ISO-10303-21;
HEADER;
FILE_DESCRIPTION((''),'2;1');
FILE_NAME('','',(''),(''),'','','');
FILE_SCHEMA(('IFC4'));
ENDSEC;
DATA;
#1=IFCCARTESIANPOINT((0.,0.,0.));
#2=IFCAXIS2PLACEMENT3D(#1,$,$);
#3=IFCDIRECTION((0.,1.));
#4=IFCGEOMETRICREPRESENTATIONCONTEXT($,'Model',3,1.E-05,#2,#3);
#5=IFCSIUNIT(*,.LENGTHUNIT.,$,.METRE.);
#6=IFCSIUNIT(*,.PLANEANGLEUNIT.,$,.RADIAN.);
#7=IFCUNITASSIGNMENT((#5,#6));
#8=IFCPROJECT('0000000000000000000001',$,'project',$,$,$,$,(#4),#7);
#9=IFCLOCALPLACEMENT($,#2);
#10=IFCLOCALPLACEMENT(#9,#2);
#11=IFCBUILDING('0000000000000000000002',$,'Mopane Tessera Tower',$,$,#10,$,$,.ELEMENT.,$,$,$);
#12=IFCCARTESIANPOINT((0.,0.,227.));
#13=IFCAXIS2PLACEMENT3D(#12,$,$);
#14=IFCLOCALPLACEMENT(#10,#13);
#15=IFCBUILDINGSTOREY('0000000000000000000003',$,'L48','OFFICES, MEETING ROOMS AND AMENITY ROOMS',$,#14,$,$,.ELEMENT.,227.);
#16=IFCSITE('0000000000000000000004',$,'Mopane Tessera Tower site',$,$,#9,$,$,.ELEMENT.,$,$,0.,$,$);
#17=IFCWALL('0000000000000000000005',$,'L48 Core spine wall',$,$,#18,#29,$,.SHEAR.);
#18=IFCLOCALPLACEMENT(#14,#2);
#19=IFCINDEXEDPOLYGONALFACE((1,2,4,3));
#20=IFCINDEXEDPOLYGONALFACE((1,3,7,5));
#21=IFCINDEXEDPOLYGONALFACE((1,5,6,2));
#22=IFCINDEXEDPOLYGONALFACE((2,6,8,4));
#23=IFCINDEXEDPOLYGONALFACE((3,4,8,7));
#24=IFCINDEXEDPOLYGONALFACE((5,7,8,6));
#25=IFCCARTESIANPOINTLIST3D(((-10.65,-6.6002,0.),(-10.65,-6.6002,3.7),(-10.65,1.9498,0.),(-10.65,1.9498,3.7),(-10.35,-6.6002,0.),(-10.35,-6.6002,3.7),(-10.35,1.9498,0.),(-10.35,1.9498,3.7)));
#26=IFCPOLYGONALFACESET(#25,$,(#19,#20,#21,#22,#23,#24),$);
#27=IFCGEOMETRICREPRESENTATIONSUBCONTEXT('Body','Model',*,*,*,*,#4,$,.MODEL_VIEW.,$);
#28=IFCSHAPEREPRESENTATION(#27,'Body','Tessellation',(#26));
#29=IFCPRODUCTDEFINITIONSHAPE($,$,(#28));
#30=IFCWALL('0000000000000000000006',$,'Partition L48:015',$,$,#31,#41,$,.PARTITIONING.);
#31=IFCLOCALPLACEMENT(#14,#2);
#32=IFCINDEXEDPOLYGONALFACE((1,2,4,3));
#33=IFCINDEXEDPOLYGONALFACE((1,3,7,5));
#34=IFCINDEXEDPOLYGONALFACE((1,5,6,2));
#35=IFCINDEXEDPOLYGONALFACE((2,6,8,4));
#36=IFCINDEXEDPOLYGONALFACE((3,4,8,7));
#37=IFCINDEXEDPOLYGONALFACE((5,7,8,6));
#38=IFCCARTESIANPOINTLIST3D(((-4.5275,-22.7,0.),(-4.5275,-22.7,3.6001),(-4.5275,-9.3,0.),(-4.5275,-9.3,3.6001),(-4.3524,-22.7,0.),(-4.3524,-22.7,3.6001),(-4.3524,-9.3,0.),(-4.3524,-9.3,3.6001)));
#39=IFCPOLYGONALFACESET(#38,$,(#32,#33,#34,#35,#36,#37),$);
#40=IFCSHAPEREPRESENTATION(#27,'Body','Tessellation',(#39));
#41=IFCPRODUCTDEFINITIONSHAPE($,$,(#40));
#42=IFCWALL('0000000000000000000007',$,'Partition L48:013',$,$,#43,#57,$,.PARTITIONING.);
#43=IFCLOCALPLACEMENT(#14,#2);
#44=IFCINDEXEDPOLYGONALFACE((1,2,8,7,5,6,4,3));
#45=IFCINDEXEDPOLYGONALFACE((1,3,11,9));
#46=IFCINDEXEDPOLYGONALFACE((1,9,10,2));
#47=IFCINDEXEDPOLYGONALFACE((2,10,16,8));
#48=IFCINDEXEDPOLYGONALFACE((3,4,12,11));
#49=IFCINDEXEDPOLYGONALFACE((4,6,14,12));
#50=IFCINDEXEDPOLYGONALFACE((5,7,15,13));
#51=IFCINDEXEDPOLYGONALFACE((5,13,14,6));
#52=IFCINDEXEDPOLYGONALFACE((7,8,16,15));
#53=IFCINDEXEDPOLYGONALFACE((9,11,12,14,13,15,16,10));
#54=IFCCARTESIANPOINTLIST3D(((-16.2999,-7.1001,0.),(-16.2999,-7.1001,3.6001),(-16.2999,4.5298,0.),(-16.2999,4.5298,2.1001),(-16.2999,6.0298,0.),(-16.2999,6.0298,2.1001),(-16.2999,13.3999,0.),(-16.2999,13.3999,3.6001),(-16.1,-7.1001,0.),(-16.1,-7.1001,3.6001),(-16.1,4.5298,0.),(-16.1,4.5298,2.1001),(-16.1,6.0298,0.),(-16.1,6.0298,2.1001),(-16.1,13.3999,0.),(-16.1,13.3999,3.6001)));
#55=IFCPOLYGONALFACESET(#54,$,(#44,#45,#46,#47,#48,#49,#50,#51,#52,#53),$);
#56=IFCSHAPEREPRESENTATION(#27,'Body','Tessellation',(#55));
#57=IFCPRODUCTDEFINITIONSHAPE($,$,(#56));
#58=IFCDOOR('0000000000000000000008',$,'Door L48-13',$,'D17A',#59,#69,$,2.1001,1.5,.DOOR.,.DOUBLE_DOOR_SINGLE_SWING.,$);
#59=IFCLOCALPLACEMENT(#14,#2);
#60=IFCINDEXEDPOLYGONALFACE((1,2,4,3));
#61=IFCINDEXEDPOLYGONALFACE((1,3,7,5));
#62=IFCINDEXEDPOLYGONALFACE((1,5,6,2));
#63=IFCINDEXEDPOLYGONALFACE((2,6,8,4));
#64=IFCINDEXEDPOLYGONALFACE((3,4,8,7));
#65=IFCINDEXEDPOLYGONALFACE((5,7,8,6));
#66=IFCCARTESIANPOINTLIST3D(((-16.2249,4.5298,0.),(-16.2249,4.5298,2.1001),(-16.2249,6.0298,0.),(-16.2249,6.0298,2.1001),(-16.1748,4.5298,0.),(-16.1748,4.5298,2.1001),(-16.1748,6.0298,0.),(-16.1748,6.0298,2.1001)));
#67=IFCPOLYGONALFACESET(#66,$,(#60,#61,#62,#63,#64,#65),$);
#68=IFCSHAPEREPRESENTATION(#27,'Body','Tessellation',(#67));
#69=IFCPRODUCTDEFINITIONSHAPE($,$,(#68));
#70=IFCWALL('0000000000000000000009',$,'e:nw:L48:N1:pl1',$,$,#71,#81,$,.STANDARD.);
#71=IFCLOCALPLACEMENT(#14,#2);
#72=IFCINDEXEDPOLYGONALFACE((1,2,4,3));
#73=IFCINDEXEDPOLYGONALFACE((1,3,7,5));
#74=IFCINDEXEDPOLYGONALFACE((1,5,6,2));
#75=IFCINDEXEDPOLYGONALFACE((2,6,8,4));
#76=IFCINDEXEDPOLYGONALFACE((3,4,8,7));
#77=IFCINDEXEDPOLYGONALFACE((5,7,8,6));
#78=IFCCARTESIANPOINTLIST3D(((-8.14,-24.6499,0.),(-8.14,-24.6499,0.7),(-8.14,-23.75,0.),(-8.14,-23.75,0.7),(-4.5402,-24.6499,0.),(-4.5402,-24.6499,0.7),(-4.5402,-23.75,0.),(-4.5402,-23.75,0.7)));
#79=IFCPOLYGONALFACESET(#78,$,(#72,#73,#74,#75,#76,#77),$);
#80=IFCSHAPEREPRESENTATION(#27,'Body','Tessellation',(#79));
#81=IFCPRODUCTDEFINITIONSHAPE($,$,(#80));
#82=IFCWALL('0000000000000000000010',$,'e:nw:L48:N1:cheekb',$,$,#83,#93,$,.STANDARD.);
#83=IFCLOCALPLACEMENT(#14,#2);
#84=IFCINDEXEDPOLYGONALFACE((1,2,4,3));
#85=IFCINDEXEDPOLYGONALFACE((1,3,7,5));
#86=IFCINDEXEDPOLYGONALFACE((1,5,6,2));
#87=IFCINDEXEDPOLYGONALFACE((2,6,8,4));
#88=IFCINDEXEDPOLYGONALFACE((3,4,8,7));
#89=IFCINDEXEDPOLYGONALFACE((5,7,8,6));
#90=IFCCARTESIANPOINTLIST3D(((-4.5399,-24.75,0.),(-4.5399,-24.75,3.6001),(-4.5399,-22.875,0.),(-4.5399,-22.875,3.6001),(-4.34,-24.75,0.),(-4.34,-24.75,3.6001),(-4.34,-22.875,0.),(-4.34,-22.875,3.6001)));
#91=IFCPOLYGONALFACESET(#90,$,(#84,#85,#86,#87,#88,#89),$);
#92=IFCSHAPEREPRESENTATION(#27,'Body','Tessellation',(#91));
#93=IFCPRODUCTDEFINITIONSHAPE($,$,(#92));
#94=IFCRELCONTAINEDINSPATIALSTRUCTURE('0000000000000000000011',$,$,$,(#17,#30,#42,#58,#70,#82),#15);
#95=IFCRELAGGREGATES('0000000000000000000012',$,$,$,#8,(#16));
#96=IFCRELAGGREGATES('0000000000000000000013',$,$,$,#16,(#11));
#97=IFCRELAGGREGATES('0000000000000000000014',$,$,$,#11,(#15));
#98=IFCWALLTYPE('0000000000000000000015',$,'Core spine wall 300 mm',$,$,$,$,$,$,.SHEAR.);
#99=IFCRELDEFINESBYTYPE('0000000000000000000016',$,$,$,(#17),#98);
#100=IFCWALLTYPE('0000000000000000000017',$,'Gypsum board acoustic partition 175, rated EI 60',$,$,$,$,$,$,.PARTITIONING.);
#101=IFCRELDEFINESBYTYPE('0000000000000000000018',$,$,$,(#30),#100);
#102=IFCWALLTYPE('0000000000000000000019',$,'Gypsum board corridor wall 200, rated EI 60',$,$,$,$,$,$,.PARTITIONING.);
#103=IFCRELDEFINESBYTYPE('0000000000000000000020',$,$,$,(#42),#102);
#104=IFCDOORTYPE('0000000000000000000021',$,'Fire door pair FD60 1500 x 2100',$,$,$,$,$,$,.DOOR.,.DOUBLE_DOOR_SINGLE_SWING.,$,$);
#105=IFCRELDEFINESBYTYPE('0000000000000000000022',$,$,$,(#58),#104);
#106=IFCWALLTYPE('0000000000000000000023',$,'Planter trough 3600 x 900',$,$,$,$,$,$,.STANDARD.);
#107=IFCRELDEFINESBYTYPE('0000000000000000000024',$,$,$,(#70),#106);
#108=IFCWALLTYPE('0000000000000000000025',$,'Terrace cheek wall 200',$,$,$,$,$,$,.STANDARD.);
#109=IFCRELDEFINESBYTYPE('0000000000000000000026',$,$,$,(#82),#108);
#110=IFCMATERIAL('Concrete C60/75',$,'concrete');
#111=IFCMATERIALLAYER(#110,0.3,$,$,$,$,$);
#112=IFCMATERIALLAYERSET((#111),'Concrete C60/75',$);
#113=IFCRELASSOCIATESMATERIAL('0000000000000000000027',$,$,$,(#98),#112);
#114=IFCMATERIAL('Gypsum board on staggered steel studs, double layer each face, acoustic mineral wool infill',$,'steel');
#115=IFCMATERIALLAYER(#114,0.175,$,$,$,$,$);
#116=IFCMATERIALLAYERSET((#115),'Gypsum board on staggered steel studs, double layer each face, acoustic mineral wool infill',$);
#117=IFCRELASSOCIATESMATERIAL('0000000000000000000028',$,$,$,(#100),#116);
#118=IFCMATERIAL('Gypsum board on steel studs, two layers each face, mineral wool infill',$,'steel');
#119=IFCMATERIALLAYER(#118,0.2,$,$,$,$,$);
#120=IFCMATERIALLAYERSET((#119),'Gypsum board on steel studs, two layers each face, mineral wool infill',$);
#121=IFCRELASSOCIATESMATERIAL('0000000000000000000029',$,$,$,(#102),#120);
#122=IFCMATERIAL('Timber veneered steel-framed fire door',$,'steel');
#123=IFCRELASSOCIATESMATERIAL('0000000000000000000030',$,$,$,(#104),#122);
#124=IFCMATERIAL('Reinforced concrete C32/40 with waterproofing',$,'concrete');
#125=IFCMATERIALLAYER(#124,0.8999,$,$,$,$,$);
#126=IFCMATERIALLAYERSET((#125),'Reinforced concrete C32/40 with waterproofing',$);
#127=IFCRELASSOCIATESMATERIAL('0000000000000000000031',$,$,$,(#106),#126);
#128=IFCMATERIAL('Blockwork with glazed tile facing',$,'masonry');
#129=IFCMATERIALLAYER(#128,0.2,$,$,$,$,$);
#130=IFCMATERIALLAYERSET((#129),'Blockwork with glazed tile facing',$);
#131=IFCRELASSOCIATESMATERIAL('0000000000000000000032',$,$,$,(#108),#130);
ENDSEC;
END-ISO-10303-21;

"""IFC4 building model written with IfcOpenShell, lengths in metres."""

from ifc_helpers import new_model, si_unit, direction, frame, frame_2d, origin, place, context, subcontext, project, spatial, rectangle, extrude, material, layer, layer_set, type_object, element, fill, save


model = new_model("IFC4")

# Units and contexts
model_context = context("Model", 3, precision=1e-05, world=origin(), true_north=direction((0.0, 1.0)))
body_context = subcontext(model_context, "Body", "Model", "MODEL_VIEW")
ifc_project = project(units=[si_unit("LENGTHUNIT", "METRE"), si_unit("PLANEANGLEUNIT", "RADIAN")], contexts=[model_context])

# Site, building, storey
site_placement = place(None, origin())
site = spatial("IfcSite", under=ifc_project, at=site_placement, Name="Mopane Tessera Tower site", CompositionType="ELEMENT", RefElevation=0.0)
building_placement = place(site_placement, origin())
building = spatial("IfcBuilding", under=site, at=building_placement, Name="Mopane Tessera Tower", CompositionType="ELEMENT")
storey_placement = place(building_placement, frame((0.0, 0.0, 227.0)))
storey = spatial("IfcBuildingStorey", under=building, at=storey_placement, Name="L48", Description="OFFICES, MEETING ROOMS AND AMENITY ROOMS", CompositionType="ELEMENT", Elevation=227.0)

# Walls
ifc_material_1 = material(Name="Concrete C60/75", Category="concrete")
ifc_layer_1 = layer(ifc_material_1, 0.3)
ifc_layer_set_1 = layer_set([ifc_layer_1], Name="Concrete C60/75")
wall_type_1 = type_object("IfcWallType", Name="Core spine wall 300 mm", PredefinedType="SHEAR", material=ifc_layer_set_1)
wall_1_placement = place(storey_placement, frame((-10.5, -6.6001, 0.0), z_axis=(0.0, 0.0, 1.0), x_axis=(0.0, 1.0, 0.0)))
element("IfcWall", 1, at=wall_1_placement, inside=storey, type_object=wall_type_1, Name="L48 Core spine wall", PredefinedType="SHEAR", context=body_context, shape_type="SweptSolid", body=[
    extrude(rectangle(XDim=8.55, YDim=0.3, at=frame_2d((4.2749, 0.0))), origin(), (0.0, 0.0, 1.0), 3.7),
])
ifc_material_2 = material(Name="Gypsum board on staggered steel studs, double layer each face, acoustic mineral wool infill", Category="steel")
ifc_layer_2 = layer(ifc_material_2, 0.175)
ifc_layer_set_2 = layer_set([ifc_layer_2], Name="Gypsum board on staggered steel studs, double layer each face, acoustic mineral wool infill")
wall_type_2 = type_object("IfcWallType", Name="Gypsum board acoustic partition 175, rated EI 60", PredefinedType="PARTITIONING", material=ifc_layer_set_2)
wall_2_placement = place(storey_placement, frame((-4.4399, -22.7, 0.0), z_axis=(0.0, 0.0, 1.0), x_axis=(0.0, 1.0, 0.0)))
element("IfcWall", 2, at=wall_2_placement, inside=storey, type_object=wall_type_2, Name="Partition L48:015", PredefinedType="PARTITIONING", context=body_context, shape_type="SweptSolid", body=[
    extrude(rectangle(XDim=13.3999, YDim=0.175, at=frame_2d((6.7, 0.0))), origin(), (0.0, 0.0, 1.0), 3.6001),
])

# Wall, opening, door
ifc_material_3 = material(Name="Gypsum board on steel studs, two layers each face, mineral wool infill", Category="steel")
ifc_layer_3 = layer(ifc_material_3, 0.2)
ifc_layer_set_3 = layer_set([ifc_layer_3], Name="Gypsum board on steel studs, two layers each face, mineral wool infill")
wall_type_3 = type_object("IfcWallType", Name="Gypsum board corridor wall 200, rated EI 60", PredefinedType="PARTITIONING", material=ifc_layer_set_3)
wall_3_placement = place(storey_placement, frame((-16.2, -7.1001, 0.0), z_axis=(0.0, 0.0, 1.0), x_axis=(0.0, 1.0, 0.0)))
wall_3 = element("IfcWall", 3, at=wall_3_placement, inside=storey, type_object=wall_type_3, Name="Partition L48:013", PredefinedType="PARTITIONING", context=body_context, shape_type="SweptSolid", body=[
    extrude(rectangle(XDim=20.5, YDim=0.2, at=frame_2d((10.25, 0.0))), origin(), (0.0, 0.0, 1.0), 3.6001),
])
opening_1_placement = place(wall_3_placement, frame((11.6299, 0.0, 0.0)))
opening_1 = element("IfcOpeningElement", 4, at=opening_1_placement, cuts=wall_3, PredefinedType="OPENING", context=body_context, shape_type="SweptSolid", body=[
    extrude(rectangle(XDim=1.5, YDim=2.1001, at=frame_2d((0.75, 1.05))), frame((0.0, 0.1121, 0.0), z_axis=(0.0, -1.0, 0.0), x_axis=(1.0, 0.0, 0.0)), (0.0, 0.0, 1.0), 0.2239),
])
ifc_material_4 = material(Name="Timber veneered steel-framed fire door", Category="steel")
door_type_1 = type_object("IfcDoorType", Name="Fire door pair FD60 1500 x 2100", OperationType="DOUBLE_DOOR_SINGLE_SWING", PredefinedType="DOOR", material=ifc_material_4)
door_1_placement = place(opening_1_placement, origin())
door_1 = element("IfcDoor", 5, at=door_1_placement, inside=storey, type_object=door_type_1, Name="Door L48-13", ObjectType="D17A", OperationType="DOUBLE_DOOR_SINGLE_SWING", OverallHeight=2.1001, OverallWidth=1.5, PredefinedType="DOOR", context=body_context, shape_type="SweptSolid", body=[
    extrude(rectangle(XDim=1.5, YDim=2.1001, at=frame_2d((0.75, 1.05))), frame((0.0, 0.0249, 0.0), z_axis=(0.0, -1.0, 0.0), x_axis=(1.0, 0.0, 0.0)), (0.0, 0.0, 1.0), 0.05),
])
fill(opening_1, door_1)

# Walls
ifc_material_5 = material(Name="Reinforced concrete C32/40 with waterproofing", Category="concrete")
ifc_layer_4 = layer(ifc_material_5, 0.8999)
ifc_layer_set_4 = layer_set([ifc_layer_4], Name="Reinforced concrete C32/40 with waterproofing")
wall_type_4 = type_object("IfcWallType", Name="Planter trough 3600 x 900", PredefinedType="STANDARD", material=ifc_layer_set_4)
wall_4_placement = place(storey_placement, frame((-8.1399, -24.2, 0.0), z_axis=(0.0, 0.0, 1.0), x_axis=(1.0, 0.0, 0.0)))
element("IfcWall", 6, at=wall_4_placement, inside=storey, type_object=wall_type_4, Name="e:nw:L48:N1:pl1", PredefinedType="STANDARD", context=body_context, shape_type="SweptSolid", body=[
    extrude(rectangle(XDim=3.5999, YDim=0.8999, at=frame_2d((1.7998, 0.0))), origin(), (0.0, 0.0, 1.0), 0.7),
])
ifc_material_6 = material(Name="Blockwork with glazed tile facing", Category="masonry")
ifc_layer_5 = layer(ifc_material_6, 0.2)
ifc_layer_set_5 = layer_set([ifc_layer_5], Name="Blockwork with glazed tile facing")
wall_type_5 = type_object("IfcWallType", Name="Terrace cheek wall 200", PredefinedType="STANDARD", material=ifc_layer_set_5)
wall_5_placement = place(storey_placement, frame((-4.4399, -24.75, 0.0), z_axis=(0.0, 0.0, 1.0), x_axis=(0.0, 1.0, 0.0)))
element("IfcWall", 7, at=wall_5_placement, inside=storey, type_object=wall_type_5, Name="e:nw:L48:N1:cheekb", PredefinedType="STANDARD", context=body_context, shape_type="SweptSolid", body=[
    extrude(rectangle(XDim=1.875, YDim=0.2, at=frame_2d((0.9375, 0.0))), origin(), (0.0, 0.0, 1.0), 3.6001),
])

save(model, "model.ifc")
